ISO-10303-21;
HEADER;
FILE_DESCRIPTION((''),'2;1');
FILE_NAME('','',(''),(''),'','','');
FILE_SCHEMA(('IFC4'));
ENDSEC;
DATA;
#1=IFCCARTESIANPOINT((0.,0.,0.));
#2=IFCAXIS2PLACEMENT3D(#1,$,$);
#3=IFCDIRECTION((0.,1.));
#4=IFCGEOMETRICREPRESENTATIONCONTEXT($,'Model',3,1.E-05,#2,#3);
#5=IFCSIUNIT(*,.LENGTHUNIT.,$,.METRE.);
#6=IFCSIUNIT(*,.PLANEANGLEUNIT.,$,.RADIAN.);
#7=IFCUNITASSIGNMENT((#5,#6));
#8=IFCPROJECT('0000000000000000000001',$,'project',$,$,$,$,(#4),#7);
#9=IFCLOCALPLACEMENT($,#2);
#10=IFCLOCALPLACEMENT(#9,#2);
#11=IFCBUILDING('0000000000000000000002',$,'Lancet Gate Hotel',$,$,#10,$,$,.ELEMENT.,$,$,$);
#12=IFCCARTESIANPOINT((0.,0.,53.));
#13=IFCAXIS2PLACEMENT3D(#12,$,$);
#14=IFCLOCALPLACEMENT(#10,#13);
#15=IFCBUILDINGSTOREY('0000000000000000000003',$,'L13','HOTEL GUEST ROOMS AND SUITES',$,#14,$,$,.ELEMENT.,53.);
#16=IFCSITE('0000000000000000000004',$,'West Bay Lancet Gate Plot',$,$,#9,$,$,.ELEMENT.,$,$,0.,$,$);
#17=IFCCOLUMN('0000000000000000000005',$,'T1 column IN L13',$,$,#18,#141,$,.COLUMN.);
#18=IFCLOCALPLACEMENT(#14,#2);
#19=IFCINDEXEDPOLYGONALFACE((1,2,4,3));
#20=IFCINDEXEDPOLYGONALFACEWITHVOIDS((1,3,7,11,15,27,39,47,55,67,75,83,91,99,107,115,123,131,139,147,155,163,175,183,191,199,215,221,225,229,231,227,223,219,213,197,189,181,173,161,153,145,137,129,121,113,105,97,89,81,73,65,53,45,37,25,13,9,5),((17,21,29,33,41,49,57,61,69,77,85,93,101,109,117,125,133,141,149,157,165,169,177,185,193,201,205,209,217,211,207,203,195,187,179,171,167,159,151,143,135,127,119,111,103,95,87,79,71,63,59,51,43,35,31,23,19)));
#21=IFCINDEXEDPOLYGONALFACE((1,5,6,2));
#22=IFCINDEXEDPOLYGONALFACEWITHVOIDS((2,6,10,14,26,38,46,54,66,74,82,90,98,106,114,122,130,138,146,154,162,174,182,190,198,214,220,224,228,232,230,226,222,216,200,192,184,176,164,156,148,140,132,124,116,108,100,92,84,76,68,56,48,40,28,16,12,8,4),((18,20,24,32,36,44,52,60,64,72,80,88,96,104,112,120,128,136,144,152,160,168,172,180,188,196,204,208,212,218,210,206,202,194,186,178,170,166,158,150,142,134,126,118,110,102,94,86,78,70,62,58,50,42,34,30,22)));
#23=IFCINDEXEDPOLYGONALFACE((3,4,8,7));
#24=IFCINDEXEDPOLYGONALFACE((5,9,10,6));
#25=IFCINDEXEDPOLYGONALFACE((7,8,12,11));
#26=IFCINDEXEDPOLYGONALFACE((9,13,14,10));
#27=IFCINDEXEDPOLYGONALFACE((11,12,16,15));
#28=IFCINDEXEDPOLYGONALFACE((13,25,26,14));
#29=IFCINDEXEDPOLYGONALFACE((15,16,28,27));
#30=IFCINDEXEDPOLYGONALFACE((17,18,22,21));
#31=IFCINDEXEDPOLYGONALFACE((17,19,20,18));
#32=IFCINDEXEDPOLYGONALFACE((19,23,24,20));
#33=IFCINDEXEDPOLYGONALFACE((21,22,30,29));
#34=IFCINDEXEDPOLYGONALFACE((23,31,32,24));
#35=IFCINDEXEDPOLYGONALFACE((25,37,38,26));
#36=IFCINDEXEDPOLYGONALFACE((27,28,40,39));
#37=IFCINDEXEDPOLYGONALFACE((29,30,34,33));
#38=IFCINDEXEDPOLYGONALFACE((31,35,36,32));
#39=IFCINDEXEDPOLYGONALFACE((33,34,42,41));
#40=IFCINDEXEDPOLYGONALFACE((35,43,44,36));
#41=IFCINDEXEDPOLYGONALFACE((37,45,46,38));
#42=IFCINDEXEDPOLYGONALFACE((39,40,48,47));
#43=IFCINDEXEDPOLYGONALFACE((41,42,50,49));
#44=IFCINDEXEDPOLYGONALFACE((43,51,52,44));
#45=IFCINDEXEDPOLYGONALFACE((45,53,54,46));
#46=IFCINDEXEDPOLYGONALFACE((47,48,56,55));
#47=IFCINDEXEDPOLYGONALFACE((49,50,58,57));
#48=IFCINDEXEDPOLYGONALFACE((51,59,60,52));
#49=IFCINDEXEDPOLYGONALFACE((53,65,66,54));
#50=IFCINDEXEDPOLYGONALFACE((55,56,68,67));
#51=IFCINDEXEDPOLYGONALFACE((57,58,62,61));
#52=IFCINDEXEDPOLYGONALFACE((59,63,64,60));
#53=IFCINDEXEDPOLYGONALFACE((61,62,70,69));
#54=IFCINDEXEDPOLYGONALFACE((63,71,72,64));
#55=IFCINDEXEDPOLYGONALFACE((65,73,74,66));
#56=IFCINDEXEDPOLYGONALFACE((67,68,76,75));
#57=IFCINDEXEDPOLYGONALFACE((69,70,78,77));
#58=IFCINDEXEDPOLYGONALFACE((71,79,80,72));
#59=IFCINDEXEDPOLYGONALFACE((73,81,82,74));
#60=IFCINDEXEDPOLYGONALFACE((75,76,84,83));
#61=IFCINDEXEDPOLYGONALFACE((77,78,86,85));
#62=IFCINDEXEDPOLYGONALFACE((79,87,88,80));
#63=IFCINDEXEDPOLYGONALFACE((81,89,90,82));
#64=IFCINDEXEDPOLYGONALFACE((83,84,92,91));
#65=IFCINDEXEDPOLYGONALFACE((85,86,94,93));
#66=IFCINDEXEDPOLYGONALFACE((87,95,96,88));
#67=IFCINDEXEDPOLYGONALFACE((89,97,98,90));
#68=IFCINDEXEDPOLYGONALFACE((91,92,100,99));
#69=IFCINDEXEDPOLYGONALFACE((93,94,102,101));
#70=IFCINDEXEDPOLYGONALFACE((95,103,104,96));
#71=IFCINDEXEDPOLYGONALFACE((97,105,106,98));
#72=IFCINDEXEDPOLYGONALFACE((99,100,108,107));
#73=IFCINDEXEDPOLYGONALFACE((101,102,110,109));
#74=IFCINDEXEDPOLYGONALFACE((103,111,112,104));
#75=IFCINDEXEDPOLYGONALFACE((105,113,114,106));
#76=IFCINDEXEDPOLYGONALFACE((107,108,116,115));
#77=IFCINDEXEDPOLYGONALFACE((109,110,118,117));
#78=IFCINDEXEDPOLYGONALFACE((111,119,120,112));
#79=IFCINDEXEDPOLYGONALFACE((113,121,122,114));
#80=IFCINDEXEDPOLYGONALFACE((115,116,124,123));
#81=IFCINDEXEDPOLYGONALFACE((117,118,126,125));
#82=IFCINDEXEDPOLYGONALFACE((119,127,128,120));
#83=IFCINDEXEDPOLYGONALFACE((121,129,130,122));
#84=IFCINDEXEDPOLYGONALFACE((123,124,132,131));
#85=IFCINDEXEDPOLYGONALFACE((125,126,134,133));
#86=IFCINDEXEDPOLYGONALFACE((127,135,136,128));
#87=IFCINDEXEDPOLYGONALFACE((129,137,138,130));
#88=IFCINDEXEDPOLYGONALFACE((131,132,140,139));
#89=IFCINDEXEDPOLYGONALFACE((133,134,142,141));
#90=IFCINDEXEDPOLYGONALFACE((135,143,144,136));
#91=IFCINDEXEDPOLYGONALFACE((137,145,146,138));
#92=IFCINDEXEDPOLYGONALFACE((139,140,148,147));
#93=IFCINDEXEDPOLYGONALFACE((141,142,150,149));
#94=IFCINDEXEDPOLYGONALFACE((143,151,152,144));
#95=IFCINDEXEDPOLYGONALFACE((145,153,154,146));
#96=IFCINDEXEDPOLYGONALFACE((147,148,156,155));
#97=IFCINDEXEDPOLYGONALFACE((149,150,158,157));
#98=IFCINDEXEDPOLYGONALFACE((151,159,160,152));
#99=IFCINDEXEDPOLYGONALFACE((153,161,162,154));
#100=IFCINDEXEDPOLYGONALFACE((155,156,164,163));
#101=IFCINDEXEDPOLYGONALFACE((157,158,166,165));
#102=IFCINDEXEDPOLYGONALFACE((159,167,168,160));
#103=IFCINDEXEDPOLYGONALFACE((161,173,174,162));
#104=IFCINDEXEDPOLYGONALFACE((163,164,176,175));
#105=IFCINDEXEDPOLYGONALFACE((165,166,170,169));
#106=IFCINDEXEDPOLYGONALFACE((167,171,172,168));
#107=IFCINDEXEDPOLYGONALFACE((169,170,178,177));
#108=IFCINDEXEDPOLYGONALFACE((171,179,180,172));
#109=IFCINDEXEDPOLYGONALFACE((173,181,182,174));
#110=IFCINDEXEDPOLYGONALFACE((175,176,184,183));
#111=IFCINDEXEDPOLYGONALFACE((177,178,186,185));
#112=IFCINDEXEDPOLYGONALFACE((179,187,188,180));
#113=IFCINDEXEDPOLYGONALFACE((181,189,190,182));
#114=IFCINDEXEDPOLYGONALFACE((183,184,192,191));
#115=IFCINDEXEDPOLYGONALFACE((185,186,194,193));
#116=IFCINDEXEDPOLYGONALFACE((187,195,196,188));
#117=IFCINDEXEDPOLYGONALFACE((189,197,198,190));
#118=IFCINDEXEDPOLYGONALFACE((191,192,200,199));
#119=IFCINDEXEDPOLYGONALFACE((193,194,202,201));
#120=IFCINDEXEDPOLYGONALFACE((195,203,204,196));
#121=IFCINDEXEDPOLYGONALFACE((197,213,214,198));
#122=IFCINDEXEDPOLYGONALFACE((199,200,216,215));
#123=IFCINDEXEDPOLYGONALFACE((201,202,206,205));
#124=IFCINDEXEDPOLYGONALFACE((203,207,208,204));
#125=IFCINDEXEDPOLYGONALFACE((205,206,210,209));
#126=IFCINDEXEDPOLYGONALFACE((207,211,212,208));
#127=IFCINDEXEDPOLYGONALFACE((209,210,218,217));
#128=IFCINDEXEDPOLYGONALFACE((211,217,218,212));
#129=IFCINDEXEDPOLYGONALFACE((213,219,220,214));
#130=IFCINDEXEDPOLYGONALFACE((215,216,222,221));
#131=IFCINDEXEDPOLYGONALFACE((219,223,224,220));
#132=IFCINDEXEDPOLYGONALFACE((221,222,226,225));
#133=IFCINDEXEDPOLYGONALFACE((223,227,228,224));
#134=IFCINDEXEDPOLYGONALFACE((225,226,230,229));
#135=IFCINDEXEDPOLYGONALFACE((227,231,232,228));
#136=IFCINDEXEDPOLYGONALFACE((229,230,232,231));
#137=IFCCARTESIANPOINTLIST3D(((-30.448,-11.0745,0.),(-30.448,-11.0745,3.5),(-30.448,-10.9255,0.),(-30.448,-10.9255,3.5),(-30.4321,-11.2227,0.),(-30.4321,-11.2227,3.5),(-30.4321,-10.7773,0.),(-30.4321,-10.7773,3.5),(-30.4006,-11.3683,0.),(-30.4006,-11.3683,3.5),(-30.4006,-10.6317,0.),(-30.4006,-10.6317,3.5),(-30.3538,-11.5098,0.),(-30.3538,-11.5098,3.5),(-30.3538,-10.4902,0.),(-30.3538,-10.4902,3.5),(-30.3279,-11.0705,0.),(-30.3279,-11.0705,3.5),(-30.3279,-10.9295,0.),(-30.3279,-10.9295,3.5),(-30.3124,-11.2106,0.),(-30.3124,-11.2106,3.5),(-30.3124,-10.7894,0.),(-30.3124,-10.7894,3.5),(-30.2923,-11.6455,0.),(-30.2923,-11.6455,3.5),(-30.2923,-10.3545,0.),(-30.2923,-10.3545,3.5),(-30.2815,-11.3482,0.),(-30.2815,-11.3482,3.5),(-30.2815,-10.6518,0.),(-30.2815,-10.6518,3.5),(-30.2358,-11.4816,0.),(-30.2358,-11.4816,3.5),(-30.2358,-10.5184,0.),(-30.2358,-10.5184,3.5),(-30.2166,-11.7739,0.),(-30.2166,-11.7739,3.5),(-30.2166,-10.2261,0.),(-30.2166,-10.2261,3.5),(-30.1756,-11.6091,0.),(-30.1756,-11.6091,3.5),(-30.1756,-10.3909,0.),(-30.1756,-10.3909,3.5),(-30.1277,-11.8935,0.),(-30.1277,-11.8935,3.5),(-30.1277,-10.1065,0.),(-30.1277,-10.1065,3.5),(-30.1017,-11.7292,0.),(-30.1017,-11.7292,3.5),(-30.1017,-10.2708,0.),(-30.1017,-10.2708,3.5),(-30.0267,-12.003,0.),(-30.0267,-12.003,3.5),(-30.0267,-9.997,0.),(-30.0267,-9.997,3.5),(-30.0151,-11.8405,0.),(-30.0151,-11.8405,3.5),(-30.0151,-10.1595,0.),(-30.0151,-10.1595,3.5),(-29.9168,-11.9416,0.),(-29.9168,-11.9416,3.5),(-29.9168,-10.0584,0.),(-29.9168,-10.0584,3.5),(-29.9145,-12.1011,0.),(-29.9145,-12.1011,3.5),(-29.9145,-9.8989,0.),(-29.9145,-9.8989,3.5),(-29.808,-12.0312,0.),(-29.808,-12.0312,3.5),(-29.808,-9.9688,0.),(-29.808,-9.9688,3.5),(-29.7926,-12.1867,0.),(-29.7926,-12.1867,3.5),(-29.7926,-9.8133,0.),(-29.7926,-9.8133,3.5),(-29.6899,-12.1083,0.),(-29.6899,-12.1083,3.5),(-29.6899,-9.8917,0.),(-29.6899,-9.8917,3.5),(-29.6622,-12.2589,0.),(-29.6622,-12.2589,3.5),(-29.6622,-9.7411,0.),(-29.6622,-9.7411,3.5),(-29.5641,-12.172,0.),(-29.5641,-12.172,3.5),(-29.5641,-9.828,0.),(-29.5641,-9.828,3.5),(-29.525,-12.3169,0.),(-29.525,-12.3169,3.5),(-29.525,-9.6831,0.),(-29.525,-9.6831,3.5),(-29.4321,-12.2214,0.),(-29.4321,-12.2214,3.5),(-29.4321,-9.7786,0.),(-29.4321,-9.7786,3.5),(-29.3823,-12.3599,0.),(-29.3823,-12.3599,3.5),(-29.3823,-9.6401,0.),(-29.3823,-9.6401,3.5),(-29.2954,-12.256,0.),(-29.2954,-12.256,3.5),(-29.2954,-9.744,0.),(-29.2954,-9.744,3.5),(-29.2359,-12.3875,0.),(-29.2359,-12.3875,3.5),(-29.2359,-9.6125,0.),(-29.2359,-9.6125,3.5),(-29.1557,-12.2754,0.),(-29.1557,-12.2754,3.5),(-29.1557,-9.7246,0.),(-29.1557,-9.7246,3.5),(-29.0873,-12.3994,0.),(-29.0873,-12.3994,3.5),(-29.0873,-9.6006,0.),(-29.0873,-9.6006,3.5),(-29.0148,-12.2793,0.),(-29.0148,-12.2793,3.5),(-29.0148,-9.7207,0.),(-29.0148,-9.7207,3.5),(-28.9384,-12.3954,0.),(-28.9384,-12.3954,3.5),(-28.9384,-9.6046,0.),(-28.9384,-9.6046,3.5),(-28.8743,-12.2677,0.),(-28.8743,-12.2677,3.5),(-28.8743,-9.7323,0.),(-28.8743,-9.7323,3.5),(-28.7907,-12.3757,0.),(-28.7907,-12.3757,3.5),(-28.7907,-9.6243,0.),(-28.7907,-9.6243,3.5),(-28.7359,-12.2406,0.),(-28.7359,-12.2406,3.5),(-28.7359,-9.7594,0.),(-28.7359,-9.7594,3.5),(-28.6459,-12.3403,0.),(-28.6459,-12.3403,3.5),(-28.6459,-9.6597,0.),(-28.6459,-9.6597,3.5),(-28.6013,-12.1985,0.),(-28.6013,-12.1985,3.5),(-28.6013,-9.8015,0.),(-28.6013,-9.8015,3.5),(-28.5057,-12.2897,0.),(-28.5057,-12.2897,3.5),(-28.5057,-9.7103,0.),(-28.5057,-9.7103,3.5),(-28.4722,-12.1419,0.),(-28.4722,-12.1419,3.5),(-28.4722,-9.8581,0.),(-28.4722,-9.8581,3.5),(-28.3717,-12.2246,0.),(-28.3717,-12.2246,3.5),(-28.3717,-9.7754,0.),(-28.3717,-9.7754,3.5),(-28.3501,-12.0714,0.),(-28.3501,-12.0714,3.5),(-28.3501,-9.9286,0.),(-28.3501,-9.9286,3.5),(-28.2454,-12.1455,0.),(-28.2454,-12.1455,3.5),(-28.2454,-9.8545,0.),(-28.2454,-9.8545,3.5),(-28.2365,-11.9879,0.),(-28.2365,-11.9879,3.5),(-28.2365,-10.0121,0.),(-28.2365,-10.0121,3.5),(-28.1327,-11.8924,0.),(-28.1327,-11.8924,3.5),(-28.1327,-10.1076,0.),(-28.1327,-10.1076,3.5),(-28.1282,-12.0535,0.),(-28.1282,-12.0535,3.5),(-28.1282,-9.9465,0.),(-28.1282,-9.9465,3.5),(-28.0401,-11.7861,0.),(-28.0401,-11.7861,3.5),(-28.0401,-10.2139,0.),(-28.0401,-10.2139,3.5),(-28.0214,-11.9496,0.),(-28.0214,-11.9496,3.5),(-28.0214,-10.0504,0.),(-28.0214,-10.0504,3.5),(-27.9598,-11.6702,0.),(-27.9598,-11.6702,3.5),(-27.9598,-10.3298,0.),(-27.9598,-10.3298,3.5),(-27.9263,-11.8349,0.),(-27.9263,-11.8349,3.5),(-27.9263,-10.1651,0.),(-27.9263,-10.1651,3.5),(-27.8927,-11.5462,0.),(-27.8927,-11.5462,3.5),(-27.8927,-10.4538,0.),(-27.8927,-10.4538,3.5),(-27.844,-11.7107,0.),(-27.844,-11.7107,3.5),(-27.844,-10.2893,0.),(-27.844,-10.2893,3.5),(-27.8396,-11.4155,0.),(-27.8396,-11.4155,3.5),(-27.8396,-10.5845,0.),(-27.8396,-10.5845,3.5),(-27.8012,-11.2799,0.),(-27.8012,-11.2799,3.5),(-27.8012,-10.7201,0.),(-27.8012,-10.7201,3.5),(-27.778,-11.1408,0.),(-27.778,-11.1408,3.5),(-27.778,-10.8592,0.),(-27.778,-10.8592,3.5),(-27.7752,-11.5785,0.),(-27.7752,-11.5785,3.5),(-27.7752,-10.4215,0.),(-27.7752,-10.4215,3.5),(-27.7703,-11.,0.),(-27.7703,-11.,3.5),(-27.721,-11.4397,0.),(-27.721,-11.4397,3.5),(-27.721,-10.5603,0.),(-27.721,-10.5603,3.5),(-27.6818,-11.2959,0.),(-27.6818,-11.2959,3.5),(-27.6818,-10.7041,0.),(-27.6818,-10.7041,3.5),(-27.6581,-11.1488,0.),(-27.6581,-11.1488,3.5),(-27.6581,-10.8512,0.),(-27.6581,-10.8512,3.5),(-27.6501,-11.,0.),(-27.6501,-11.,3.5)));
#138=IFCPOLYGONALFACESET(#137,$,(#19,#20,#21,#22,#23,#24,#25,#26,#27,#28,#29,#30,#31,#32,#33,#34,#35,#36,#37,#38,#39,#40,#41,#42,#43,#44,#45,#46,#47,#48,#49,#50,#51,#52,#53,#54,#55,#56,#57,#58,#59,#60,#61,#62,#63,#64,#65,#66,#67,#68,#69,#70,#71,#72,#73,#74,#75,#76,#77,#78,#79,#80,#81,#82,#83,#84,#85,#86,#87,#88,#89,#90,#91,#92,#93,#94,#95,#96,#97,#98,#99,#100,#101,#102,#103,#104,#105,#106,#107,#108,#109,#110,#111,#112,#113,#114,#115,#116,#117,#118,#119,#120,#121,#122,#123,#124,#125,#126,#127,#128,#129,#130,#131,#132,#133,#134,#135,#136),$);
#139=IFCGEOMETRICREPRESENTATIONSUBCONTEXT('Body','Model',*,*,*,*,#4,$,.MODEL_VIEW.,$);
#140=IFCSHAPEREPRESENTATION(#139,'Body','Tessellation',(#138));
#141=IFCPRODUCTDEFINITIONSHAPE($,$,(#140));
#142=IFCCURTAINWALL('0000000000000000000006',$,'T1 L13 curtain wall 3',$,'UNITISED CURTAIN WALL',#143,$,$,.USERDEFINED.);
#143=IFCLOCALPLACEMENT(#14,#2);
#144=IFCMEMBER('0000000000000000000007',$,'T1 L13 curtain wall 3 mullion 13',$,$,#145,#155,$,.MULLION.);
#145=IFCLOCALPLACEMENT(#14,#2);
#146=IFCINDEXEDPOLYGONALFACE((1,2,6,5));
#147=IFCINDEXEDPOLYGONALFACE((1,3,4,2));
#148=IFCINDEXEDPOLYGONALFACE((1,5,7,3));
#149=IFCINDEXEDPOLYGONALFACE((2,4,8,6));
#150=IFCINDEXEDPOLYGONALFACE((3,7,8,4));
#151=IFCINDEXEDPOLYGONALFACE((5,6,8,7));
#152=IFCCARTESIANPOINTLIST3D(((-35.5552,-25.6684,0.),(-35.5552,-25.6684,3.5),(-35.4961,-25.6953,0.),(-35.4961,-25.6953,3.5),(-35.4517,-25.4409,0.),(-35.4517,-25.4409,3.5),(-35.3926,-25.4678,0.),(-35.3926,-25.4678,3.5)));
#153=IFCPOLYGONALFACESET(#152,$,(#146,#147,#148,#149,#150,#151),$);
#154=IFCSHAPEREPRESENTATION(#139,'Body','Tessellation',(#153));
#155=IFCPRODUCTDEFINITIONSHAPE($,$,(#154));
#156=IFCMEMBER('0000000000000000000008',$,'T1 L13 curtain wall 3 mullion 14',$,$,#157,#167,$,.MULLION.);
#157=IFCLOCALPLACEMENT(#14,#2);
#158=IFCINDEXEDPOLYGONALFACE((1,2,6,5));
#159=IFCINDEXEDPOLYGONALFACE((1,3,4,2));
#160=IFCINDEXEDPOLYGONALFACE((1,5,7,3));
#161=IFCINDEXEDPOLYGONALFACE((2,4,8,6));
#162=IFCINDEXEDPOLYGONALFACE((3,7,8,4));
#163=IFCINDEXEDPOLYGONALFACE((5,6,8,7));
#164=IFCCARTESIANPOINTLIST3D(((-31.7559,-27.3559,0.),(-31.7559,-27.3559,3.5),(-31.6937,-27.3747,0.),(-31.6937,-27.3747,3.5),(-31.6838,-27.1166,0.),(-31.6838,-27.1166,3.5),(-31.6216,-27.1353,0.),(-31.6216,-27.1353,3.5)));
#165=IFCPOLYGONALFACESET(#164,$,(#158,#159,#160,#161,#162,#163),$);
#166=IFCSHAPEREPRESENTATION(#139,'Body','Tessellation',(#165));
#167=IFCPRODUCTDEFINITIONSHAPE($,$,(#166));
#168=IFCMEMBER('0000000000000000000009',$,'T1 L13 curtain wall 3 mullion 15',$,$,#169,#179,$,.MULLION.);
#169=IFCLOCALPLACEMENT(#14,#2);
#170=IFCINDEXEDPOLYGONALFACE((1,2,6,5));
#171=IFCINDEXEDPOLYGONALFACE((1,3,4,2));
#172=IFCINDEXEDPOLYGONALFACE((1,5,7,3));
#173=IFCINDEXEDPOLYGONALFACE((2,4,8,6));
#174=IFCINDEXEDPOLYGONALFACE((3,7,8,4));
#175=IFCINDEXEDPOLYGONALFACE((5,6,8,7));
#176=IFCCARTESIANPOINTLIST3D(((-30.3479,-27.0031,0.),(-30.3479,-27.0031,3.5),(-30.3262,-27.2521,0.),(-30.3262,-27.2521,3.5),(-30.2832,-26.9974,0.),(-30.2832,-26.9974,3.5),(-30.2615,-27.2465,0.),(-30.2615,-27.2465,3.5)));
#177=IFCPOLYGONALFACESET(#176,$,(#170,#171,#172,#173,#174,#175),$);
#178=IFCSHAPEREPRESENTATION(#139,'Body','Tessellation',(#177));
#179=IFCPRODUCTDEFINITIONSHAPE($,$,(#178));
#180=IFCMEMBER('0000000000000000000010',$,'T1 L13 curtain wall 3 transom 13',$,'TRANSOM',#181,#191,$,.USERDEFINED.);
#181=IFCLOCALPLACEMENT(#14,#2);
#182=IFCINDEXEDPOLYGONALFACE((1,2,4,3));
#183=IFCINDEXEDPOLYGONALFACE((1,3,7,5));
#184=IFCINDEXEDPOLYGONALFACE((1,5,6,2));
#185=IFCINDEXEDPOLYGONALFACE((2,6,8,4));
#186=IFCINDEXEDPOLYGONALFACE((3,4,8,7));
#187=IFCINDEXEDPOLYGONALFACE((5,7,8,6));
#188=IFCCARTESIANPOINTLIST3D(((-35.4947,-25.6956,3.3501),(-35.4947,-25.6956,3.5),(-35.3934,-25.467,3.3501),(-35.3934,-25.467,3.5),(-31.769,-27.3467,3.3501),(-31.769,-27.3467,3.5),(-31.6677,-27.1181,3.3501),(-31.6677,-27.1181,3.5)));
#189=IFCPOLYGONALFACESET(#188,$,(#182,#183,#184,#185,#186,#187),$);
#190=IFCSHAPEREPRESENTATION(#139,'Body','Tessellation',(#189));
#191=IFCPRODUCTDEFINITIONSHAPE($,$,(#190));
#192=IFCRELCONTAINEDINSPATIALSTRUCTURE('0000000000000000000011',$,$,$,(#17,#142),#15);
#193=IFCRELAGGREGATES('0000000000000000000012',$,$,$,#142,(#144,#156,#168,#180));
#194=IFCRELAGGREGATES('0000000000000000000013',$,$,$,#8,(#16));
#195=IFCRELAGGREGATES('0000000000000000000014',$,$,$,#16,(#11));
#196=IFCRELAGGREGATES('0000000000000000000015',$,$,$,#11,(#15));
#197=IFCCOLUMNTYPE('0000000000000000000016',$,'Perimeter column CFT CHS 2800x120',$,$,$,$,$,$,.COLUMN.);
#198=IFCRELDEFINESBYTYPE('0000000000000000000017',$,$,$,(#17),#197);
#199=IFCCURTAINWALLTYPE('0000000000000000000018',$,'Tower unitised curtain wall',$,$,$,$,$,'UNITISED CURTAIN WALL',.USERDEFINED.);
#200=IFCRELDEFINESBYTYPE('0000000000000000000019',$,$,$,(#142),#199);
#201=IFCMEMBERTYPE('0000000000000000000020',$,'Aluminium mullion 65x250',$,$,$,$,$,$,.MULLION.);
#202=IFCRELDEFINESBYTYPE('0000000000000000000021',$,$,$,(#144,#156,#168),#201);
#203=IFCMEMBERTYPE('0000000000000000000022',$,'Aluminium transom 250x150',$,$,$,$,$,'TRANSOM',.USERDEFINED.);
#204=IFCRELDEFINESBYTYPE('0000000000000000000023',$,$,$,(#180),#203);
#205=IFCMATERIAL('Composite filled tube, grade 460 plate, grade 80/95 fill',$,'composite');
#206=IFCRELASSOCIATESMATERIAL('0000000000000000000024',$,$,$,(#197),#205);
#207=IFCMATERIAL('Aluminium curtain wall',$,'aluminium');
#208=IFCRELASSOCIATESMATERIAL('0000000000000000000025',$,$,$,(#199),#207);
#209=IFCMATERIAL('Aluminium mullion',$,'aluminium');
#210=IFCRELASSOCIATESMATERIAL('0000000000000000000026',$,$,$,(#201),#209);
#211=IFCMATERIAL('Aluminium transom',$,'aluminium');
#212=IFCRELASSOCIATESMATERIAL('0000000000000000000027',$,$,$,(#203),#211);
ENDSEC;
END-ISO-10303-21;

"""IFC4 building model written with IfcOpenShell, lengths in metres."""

from ifc_helpers import new_model, si_unit, direction, frame, origin, origin_2d, place, context, subcontext, project, spatial, rectangle, hollow_circle, extrude, material, material_profile, profile_set, type_object, element, aggregate, save


model = new_model("IFC4")

# Units and contexts
model_context = context("Model", 3, precision=1e-05, world=origin(), true_north=direction((0.0, 1.0)))
body_context = subcontext(model_context, "Body", "Model", "MODEL_VIEW")
ifc_project = project(units=[si_unit("LENGTHUNIT", "METRE"), si_unit("PLANEANGLEUNIT", "RADIAN")], contexts=[model_context])

# Site, building, storey
site_placement = place(None, origin())
site = spatial("IfcSite", under=ifc_project, at=site_placement, Name="West Bay Lancet Gate Plot", CompositionType="ELEMENT", RefElevation=0.0)
building_placement = place(site_placement, origin())
building = spatial("IfcBuilding", under=site, at=building_placement, Name="Lancet Gate Hotel", CompositionType="ELEMENT")
storey_placement = place(building_placement, frame((0.0, 0.0, 53.0)))
storey = spatial("IfcBuildingStorey", under=building, at=storey_placement, Name="L13", Description="HOTEL GUEST ROOMS AND SUITES", CompositionType="ELEMENT", Elevation=53.0)

# Column
ifc_material_1 = material(Name="Composite filled tube, grade 460 plate, grade 80/95 fill", Category="composite")
ifc_material_profile_1 = material_profile(ifc_material_1, hollow_circle(Radius=1.3999, WallThickness=0.1201, at=origin_2d()), Name="CHS 2800x120")
ifc_profile_set_1 = profile_set([ifc_material_profile_1], Name="Composite filled tube, grade 460 plate, grade 80/95 fill")
column_type = type_object("IfcColumnType", Name="Perimeter column CFT CHS 2800x120", PredefinedType="COLUMN", material=ifc_profile_set_1)
for number, where, z_axis, x_axis, name in (
    (1, (-29.05, -11.0, 0.0), (0.0, 0.0, 1.0), (1.0, 0.0, 0.0), "T1 column IN L13"),
):
    element("IfcColumn", number, at=place(storey_placement, frame(where, z_axis=z_axis, x_axis=x_axis)), inside=storey, type_object=column_type, Name=name, PredefinedType="COLUMN", context=body_context, shape_type="SweptSolid", body=[
        extrude(hollow_circle(Radius=1.3999, WallThickness=0.1201, at=origin_2d()), origin(), (0.0, 0.0, 1.0), 3.5),
    ])

# Curtain wall, members
ifc_material_2 = material(Name="Aluminium curtain wall", Category="aluminium")
curtain_wall_type = type_object("IfcCurtainWallType", Name="Tower unitised curtain wall", ElementType="UNITISED CURTAIN WALL", PredefinedType="USERDEFINED", material=ifc_material_2)
curtain_wall_placement = place(storey_placement, origin())
curtain_wall = element("IfcCurtainWall", 2, at=curtain_wall_placement, inside=storey, type_object=curtain_wall_type, Name="T1 L13 curtain wall 3", ObjectType="UNITISED CURTAIN WALL", PredefinedType="USERDEFINED")
ifc_material_3 = material(Name="Aluminium mullion", Category="aluminium")
ifc_material_profile_2 = material_profile(ifc_material_3, rectangle(XDim=0.0649, YDim=0.25, at=origin_2d()), Name="MULLION 65x250")
ifc_profile_set_2 = profile_set([ifc_material_profile_2], Name="Aluminium mullion")
member_type_1 = type_object("IfcMemberType", Name="Aluminium mullion 65x250", PredefinedType="MULLION", material=ifc_profile_set_2)
member_1_placement = place(storey_placement, frame((-35.4739, -25.5681, 0.0), z_axis=(0.0, 0.0, 1.0), x_axis=(0.91022, -0.414126, 0.0)))
member_1 = element("IfcMember", 3, at=member_1_placement, type_object=member_type_1, Name="T1 L13 curtain wall 3 mullion 13", PredefinedType="MULLION", context=body_context, shape_type="SweptSolid", body=[
    extrude(rectangle(XDim=0.0649, YDim=0.25, at=origin_2d()), origin(), (0.0, 0.0, 1.0), 3.5),
])
member_2_placement = place(storey_placement, frame((-31.6887, -27.2456, 0.0), z_axis=(0.0, 0.0, 1.0), x_axis=(0.957524, -0.288352, 0.0)))
member_2 = element("IfcMember", 4, at=member_2_placement, type_object=member_type_1, Name="T1 L13 curtain wall 3 mullion 14", PredefinedType="MULLION", context=body_context, shape_type="SweptSolid", body=[
    extrude(rectangle(XDim=0.0649, YDim=0.25, at=origin_2d()), origin(), (0.0, 0.0, 1.0), 3.5),
])
member_3_placement = place(storey_placement, frame((-30.3047, -27.1248, 0.0), z_axis=(0.0, 0.0, 1.0), x_axis=(0.996204, 0.087052, 0.0)))
member_3 = element("IfcMember", 5, at=member_3_placement, type_object=member_type_1, Name="T1 L13 curtain wall 3 mullion 15", PredefinedType="MULLION", context=body_context, shape_type="SweptSolid", body=[
    extrude(rectangle(XDim=0.0649, YDim=0.25, at=origin_2d()), origin(), (0.0, 0.0, 1.0), 3.5),
])
ifc_material_4 = material(Name="Aluminium transom", Category="aluminium")
ifc_material_profile_3 = material_profile(ifc_material_4, rectangle(XDim=0.25, YDim=0.1499, at=origin_2d()), Name="TRANSOM 250x150")
ifc_profile_set_3 = profile_set([ifc_material_profile_3], Name="Aluminium transom")
member_type_2 = type_object("IfcMemberType", Name="Aluminium transom 250x150", ElementType="TRANSOM", PredefinedType="USERDEFINED", material=ifc_profile_set_3)
member_4_placement = place(storey_placement, frame((-35.4441, -25.5813, 3.425), z_axis=(0.914248, -0.405154, 0.0), x_axis=(0.405154, 0.914248, 0.0)))
member_4 = element("IfcMember", 6, at=member_4_placement, type_object=member_type_2, Name="T1 L13 curtain wall 3 transom 13", ObjectType="TRANSOM", PredefinedType="USERDEFINED", context=body_context, shape_type="SweptSolid", body=[
    extrude(rectangle(XDim=0.25, YDim=0.1499, at=origin_2d()), origin(), (0.0, 0.0, 1.0), 4.0752),
])

aggregate(curtain_wall, [member_1, member_2, member_3, member_4])

save(model, "model.ifc")
